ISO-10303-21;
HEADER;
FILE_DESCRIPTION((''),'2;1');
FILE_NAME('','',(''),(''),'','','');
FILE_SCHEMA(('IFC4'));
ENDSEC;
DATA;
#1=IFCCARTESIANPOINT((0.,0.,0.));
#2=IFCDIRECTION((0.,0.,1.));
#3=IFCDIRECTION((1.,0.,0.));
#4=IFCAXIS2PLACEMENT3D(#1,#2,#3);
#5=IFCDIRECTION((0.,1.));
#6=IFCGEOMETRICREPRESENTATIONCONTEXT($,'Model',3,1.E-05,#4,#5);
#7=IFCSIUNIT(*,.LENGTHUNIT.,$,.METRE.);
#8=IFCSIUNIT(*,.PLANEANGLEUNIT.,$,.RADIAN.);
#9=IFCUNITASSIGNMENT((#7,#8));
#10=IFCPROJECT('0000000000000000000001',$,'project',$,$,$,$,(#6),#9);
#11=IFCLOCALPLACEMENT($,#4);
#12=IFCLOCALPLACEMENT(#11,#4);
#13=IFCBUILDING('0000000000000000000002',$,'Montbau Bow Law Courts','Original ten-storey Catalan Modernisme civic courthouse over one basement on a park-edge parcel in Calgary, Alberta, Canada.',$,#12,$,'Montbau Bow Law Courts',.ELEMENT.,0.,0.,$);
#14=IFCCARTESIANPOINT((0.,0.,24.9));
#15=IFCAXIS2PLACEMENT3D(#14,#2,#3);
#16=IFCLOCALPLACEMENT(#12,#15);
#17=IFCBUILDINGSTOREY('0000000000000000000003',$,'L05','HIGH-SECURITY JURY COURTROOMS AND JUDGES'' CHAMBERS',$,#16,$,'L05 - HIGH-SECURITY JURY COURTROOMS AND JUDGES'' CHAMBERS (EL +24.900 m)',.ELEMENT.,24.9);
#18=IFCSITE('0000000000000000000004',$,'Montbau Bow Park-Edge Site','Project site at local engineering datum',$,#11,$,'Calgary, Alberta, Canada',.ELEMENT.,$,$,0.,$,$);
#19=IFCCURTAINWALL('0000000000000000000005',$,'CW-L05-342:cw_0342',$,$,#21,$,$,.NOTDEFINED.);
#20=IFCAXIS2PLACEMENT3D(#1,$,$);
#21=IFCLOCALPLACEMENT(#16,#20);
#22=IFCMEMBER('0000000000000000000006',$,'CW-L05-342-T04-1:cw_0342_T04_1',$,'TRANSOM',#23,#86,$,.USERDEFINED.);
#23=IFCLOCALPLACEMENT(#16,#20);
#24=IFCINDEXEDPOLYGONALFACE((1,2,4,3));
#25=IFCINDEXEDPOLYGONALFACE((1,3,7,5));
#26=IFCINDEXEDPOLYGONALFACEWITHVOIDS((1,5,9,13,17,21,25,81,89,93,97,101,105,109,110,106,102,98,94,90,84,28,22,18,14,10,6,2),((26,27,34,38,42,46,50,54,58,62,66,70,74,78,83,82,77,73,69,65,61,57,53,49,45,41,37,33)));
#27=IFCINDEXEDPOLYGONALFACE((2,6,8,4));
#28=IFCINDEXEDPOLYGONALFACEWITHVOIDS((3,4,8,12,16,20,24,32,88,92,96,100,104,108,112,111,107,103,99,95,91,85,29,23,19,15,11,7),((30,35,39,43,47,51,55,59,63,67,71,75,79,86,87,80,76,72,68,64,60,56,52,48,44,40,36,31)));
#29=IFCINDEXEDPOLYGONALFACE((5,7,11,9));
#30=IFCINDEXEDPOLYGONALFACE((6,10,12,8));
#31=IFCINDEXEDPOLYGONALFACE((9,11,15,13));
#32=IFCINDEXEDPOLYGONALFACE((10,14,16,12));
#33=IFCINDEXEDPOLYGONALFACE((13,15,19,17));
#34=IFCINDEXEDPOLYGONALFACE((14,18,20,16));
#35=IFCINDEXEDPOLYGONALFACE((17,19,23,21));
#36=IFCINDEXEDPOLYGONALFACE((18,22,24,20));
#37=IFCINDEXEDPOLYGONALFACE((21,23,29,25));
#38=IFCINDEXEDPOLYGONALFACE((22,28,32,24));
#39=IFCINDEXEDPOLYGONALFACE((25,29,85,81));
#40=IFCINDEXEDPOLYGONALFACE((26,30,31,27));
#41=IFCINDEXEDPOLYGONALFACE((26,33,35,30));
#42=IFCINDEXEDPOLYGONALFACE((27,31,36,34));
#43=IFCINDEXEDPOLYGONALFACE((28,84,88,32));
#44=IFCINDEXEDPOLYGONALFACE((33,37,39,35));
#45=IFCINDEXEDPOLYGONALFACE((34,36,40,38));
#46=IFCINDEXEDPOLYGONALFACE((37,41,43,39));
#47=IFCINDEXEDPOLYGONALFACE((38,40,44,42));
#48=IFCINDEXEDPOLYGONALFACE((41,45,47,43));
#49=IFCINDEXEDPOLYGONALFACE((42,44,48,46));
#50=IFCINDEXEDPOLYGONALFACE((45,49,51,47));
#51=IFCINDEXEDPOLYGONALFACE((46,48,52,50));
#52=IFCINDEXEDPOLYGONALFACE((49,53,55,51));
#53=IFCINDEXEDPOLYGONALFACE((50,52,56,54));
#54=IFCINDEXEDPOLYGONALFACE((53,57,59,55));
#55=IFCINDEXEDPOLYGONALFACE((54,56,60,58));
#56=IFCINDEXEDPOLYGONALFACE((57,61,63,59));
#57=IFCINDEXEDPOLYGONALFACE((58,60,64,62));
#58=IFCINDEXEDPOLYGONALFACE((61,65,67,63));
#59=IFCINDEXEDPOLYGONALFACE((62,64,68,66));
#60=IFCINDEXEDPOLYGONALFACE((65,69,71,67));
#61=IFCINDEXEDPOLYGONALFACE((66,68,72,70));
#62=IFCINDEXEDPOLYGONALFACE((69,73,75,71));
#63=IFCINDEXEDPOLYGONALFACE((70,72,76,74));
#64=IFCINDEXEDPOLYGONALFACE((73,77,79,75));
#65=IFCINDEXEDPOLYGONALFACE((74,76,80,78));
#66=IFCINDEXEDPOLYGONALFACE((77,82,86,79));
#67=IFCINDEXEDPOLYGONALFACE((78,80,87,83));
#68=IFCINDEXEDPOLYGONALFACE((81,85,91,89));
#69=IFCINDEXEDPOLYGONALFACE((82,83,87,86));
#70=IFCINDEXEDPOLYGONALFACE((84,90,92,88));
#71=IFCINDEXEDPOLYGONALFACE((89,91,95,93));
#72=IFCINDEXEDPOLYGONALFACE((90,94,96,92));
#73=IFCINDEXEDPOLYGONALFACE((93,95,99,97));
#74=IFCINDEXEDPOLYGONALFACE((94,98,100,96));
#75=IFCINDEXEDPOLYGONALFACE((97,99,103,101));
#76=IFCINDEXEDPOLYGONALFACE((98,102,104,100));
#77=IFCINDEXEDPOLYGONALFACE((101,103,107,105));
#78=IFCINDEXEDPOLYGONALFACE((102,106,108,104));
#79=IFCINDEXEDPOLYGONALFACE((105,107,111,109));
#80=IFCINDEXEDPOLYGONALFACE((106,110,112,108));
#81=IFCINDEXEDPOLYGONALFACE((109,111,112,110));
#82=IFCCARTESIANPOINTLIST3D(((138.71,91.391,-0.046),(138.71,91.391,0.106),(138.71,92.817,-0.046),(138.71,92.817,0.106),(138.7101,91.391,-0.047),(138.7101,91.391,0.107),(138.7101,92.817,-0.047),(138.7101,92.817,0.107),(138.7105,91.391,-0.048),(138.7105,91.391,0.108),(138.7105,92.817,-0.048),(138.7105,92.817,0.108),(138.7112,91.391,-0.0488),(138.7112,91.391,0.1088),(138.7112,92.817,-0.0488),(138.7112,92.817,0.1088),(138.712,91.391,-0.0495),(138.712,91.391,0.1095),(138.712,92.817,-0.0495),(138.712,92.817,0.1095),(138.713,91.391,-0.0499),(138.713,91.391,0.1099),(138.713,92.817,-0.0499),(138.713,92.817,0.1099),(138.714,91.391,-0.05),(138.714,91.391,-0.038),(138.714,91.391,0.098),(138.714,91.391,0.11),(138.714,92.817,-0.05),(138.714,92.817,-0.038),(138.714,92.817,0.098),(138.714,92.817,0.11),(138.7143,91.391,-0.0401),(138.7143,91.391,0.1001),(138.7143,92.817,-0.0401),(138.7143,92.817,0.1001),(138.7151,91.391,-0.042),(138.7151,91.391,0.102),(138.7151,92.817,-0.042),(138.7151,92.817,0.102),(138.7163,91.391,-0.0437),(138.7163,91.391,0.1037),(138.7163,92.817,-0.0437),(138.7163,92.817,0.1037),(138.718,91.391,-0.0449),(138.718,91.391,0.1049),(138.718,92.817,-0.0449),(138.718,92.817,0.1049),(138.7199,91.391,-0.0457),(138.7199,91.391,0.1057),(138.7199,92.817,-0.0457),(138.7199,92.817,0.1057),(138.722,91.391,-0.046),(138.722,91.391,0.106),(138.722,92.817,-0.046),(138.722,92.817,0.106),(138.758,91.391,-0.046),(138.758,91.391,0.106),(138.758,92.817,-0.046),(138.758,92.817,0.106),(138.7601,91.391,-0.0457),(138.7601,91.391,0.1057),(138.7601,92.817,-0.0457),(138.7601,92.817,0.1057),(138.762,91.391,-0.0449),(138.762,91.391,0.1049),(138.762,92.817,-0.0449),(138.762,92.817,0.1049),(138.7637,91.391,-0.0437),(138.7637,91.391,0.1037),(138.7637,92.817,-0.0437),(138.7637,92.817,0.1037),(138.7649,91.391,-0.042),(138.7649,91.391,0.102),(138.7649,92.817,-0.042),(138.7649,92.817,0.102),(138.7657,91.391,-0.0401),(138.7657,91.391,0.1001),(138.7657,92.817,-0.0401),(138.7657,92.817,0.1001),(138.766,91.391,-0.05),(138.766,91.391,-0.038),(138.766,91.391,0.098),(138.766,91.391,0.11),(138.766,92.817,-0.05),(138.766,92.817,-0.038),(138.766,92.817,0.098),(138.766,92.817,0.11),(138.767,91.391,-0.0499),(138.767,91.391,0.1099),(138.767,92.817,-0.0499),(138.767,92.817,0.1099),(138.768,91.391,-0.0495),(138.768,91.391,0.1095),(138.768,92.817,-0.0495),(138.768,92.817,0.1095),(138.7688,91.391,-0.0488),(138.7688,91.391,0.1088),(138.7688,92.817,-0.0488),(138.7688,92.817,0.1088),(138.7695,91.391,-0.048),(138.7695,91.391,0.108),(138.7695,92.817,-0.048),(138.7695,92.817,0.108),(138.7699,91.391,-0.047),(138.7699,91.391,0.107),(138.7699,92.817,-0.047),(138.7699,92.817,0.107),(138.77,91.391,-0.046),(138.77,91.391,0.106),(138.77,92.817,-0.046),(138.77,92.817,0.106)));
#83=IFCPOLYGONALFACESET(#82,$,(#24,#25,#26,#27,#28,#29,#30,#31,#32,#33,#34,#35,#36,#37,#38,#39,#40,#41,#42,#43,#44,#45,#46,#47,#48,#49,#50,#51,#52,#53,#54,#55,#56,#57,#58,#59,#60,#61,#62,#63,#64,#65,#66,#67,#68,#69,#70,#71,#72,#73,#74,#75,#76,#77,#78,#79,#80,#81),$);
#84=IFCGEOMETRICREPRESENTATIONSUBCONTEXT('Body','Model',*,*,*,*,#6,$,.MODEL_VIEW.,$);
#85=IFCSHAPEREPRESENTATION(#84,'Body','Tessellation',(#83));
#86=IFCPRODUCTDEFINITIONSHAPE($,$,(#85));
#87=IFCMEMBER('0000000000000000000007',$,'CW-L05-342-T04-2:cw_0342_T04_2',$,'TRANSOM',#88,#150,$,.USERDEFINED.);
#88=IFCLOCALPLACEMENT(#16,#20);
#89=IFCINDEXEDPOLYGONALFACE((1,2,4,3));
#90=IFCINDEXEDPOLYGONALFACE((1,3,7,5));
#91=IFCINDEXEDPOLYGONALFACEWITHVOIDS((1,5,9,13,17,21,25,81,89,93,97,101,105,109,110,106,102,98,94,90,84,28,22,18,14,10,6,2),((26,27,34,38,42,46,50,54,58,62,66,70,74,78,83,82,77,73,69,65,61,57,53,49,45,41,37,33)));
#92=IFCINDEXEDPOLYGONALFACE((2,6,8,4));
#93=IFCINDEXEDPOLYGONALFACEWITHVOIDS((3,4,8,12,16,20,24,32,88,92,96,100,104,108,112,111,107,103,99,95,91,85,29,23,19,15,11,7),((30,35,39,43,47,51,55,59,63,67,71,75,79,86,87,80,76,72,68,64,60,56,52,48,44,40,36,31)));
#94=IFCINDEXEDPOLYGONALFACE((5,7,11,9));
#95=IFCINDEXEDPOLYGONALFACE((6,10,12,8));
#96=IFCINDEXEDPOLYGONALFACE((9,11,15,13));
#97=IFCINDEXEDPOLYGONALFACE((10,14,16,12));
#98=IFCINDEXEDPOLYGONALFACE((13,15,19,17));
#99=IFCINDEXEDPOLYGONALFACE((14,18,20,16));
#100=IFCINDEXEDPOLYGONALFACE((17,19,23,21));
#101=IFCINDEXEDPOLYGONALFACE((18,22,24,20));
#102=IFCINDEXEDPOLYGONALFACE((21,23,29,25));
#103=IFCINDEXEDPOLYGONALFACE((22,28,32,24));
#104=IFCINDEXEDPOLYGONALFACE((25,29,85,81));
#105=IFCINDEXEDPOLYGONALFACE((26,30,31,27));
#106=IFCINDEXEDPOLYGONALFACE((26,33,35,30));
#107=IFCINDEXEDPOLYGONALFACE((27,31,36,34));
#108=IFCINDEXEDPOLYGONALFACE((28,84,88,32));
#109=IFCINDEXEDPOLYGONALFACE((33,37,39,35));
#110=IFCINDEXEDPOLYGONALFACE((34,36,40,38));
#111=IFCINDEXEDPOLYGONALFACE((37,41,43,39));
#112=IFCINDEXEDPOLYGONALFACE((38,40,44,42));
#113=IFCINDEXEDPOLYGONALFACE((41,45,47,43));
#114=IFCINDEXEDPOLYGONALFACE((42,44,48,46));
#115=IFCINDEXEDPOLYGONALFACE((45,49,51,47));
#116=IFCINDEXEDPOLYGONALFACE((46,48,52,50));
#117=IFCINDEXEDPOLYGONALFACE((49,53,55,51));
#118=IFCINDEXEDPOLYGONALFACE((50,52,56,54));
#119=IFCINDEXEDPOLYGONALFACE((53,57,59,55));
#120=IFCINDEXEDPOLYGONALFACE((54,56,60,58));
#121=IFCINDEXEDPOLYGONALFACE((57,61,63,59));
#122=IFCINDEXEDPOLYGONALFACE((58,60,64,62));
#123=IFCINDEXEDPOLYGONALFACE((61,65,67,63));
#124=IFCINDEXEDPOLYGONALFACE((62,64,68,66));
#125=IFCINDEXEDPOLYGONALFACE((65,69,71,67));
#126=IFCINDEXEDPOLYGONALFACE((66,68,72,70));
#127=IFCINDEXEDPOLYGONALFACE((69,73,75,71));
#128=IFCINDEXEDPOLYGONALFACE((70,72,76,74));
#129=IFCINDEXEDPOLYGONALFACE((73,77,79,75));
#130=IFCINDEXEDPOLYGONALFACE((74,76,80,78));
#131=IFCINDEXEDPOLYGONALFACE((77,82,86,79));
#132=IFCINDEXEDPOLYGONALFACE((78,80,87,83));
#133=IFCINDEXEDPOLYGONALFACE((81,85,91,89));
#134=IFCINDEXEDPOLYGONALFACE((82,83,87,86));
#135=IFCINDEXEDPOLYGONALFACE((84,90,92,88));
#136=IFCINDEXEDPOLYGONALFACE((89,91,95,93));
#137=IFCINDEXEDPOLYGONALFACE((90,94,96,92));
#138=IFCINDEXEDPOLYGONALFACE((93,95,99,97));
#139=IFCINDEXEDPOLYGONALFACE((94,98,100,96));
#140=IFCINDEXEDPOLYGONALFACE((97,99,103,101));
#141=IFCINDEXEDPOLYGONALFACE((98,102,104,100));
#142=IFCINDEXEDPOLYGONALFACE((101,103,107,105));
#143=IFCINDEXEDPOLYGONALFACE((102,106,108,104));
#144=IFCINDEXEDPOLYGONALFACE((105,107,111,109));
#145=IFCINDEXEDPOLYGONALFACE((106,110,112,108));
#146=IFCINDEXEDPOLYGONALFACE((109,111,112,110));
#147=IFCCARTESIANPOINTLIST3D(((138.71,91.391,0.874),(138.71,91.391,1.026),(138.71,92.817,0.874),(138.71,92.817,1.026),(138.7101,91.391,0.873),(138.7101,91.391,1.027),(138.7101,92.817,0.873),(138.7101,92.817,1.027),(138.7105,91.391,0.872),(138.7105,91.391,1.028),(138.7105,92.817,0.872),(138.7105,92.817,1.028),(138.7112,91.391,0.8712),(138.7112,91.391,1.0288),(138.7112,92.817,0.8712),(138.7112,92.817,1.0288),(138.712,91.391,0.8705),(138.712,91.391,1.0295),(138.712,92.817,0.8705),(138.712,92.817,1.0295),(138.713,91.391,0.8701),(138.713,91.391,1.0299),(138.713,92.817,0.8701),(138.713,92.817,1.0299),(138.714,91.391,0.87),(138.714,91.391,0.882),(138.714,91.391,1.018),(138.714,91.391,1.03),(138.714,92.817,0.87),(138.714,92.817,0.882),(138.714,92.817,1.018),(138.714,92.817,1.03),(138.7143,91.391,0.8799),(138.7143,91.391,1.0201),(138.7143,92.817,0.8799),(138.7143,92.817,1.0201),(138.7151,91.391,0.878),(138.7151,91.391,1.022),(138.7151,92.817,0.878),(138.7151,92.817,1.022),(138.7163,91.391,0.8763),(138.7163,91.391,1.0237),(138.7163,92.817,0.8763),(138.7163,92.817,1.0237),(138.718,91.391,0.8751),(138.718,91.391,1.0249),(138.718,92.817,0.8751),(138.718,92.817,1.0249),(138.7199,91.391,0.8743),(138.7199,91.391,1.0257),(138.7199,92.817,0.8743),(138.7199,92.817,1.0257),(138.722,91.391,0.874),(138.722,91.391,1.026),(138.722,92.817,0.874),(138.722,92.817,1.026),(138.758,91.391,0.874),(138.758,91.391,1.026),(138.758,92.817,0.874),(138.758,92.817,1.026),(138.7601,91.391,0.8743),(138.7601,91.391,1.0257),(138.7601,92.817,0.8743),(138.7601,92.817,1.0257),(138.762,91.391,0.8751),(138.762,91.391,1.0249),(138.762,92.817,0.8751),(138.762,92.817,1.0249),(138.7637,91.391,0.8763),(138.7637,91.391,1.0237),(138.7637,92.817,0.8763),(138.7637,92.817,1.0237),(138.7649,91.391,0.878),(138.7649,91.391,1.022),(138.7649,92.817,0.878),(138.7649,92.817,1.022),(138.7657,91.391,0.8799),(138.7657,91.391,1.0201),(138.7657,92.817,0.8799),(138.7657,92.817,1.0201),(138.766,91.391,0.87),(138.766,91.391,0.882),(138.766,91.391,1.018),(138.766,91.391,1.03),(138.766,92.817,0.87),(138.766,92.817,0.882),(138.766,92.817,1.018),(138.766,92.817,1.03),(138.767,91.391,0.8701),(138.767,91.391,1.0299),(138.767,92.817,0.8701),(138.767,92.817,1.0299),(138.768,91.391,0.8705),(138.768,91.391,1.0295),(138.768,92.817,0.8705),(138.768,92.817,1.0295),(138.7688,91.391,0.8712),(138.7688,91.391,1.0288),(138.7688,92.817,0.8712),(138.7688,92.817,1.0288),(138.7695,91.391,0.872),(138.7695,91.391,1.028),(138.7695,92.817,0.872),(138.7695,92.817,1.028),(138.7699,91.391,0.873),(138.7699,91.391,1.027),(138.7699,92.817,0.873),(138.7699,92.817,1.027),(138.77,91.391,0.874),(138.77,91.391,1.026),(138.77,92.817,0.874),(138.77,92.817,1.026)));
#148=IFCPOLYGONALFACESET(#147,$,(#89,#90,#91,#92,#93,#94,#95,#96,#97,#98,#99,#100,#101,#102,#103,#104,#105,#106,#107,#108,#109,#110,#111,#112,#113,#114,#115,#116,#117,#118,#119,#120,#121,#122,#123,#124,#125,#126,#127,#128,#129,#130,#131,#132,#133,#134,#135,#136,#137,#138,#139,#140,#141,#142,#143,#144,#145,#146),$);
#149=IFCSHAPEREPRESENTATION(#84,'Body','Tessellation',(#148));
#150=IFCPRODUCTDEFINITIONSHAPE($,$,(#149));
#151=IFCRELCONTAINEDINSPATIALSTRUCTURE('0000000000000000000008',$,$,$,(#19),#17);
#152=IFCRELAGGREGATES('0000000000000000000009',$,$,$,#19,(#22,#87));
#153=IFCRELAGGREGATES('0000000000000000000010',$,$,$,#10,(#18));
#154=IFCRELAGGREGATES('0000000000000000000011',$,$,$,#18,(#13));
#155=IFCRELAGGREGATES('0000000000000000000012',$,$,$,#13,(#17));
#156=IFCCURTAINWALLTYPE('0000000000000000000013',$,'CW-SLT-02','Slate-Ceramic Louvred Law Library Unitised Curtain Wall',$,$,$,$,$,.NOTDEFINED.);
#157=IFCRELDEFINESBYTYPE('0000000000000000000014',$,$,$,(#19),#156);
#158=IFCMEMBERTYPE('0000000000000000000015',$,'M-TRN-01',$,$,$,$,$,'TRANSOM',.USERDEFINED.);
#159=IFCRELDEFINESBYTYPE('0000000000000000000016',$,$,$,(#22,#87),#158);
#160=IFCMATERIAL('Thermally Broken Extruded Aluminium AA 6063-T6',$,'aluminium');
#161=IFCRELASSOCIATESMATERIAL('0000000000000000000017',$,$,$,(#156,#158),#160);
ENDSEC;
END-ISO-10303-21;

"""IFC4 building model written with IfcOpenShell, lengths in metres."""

from ifc_helpers import new_model, si_unit, direction, frame, origin_with_axes, origin_2d_with_axis, place, context, subcontext, project, spatial, hollow_rectangle, extrude, material, material_profile, profile_set, type_object, element, aggregate, save


model = new_model("IFC4")

# Units and contexts
model_context = context("Model", 3, precision=1e-05, world=origin_with_axes(), true_north=direction((0.0, 1.0)))
body_context = subcontext(model_context, "Body", "Model", "MODEL_VIEW")
ifc_project = project(units=[si_unit("LENGTHUNIT", "METRE"), si_unit("PLANEANGLEUNIT", "RADIAN")], contexts=[model_context])

# Site, building, storey
site_placement = place(None, origin_with_axes())
site = spatial("IfcSite", under=ifc_project, at=site_placement, Name="Montbau Bow Park-Edge Site", Description="Project site at local engineering datum", LongName="Calgary, Alberta, Canada", CompositionType="ELEMENT", RefElevation=0.0)
building_placement = place(site_placement, origin_with_axes())
building = spatial("IfcBuilding", under=site, at=building_placement, Name="Montbau Bow Law Courts", Description="Original ten-storey Catalan Modernisme civic courthouse over one basement on a park-edge parcel in Calgary, Alberta, Canada.", LongName="Montbau Bow Law Courts", CompositionType="ELEMENT", ElevationOfRefHeight=0.0, ElevationOfTerrain=0.0)
storey_placement = place(building_placement, frame((0.0, 0.0, 24.9), z_axis=(0.0, 0.0, 1.0), x_axis=(1.0, 0.0, 0.0)))
storey = spatial("IfcBuildingStorey", under=building, at=storey_placement, Name="L05", Description="HIGH-SECURITY JURY COURTROOMS AND JUDGES' CHAMBERS", LongName="L05 - HIGH-SECURITY JURY COURTROOMS AND JUDGES' CHAMBERS (EL +24.900 m)", CompositionType="ELEMENT", Elevation=24.9)

# Curtain wall, members
ifc_material_1 = material(Name="Thermally Broken Extruded Aluminium AA 6063-T6", Category="aluminium")
curtain_wall_type = type_object("IfcCurtainWallType", Name="CW-SLT-02", Description="Slate-Ceramic Louvred Law Library Unitised Curtain Wall", PredefinedType="NOTDEFINED", material=ifc_material_1)
curtain_wall_placement = place(None, frame((138.74, 86.84, 24.9), z_axis=(0.0, 0.0, 1.0), x_axis=(1.0, 0.0, 0.0)))
curtain_wall = element("IfcCurtainWall", 1, at=curtain_wall_placement, inside=storey, type_object=curtain_wall_type, Name="CW-L05-342:cw_0342", PredefinedType="NOTDEFINED")
ifc_material_profile_1 = material_profile(ifc_material_1, hollow_rectangle(XDim=0.06, YDim=0.16, WallThickness=0.004, InnerFilletRadius=0.008, OuterFilletRadius=0.004, at=origin_2d_with_axis()), Name="CWT-160X60", Category="Main", Priority=0)
ifc_profile_set_1 = profile_set([ifc_material_profile_1], Name="Thermally Broken Extruded Aluminium AA 6063-T6")
member_type_1 = type_object("IfcMemberType", Name="M-TRN-01", ElementType="TRANSOM", PredefinedType="USERDEFINED", material=ifc_profile_set_1)
member_1_placement = place(None, frame((138.74, 91.391, 24.93), z_axis=(0.0, 1.0, 0.0), x_axis=(-1.0, 0.0, 0.0)))
member_1 = element("IfcMember", 2, at=member_1_placement, type_object=member_type_1, Name="CW-L05-342-T04-1:cw_0342_T04_1", ObjectType="TRANSOM", PredefinedType="USERDEFINED", context=body_context, shape_type="SweptSolid", body=[
    extrude(hollow_rectangle(XDim=0.06, YDim=0.16, WallThickness=0.004, InnerFilletRadius=0.008, OuterFilletRadius=0.004, at=origin_2d_with_axis()), origin_with_axes(), (0.0, 0.0, 1.0), 1.426),
])
member_2_placement = place(None, frame((138.74, 91.391, 25.85), z_axis=(0.0, 1.0, 0.0), x_axis=(-1.0, 0.0, 0.0)))
member_2 = element("IfcMember", 3, at=member_2_placement, type_object=member_type_1, Name="CW-L05-342-T04-2:cw_0342_T04_2", ObjectType="TRANSOM", PredefinedType="USERDEFINED", context=body_context, shape_type="SweptSolid", body=[
    extrude(hollow_rectangle(XDim=0.06, YDim=0.16, WallThickness=0.004, InnerFilletRadius=0.008, OuterFilletRadius=0.004, at=origin_2d_with_axis()), origin_with_axes(), (0.0, 0.0, 1.0), 1.426),
])
aggregate(curtain_wall, [member_1, member_2])

save(model, "model.ifc")
